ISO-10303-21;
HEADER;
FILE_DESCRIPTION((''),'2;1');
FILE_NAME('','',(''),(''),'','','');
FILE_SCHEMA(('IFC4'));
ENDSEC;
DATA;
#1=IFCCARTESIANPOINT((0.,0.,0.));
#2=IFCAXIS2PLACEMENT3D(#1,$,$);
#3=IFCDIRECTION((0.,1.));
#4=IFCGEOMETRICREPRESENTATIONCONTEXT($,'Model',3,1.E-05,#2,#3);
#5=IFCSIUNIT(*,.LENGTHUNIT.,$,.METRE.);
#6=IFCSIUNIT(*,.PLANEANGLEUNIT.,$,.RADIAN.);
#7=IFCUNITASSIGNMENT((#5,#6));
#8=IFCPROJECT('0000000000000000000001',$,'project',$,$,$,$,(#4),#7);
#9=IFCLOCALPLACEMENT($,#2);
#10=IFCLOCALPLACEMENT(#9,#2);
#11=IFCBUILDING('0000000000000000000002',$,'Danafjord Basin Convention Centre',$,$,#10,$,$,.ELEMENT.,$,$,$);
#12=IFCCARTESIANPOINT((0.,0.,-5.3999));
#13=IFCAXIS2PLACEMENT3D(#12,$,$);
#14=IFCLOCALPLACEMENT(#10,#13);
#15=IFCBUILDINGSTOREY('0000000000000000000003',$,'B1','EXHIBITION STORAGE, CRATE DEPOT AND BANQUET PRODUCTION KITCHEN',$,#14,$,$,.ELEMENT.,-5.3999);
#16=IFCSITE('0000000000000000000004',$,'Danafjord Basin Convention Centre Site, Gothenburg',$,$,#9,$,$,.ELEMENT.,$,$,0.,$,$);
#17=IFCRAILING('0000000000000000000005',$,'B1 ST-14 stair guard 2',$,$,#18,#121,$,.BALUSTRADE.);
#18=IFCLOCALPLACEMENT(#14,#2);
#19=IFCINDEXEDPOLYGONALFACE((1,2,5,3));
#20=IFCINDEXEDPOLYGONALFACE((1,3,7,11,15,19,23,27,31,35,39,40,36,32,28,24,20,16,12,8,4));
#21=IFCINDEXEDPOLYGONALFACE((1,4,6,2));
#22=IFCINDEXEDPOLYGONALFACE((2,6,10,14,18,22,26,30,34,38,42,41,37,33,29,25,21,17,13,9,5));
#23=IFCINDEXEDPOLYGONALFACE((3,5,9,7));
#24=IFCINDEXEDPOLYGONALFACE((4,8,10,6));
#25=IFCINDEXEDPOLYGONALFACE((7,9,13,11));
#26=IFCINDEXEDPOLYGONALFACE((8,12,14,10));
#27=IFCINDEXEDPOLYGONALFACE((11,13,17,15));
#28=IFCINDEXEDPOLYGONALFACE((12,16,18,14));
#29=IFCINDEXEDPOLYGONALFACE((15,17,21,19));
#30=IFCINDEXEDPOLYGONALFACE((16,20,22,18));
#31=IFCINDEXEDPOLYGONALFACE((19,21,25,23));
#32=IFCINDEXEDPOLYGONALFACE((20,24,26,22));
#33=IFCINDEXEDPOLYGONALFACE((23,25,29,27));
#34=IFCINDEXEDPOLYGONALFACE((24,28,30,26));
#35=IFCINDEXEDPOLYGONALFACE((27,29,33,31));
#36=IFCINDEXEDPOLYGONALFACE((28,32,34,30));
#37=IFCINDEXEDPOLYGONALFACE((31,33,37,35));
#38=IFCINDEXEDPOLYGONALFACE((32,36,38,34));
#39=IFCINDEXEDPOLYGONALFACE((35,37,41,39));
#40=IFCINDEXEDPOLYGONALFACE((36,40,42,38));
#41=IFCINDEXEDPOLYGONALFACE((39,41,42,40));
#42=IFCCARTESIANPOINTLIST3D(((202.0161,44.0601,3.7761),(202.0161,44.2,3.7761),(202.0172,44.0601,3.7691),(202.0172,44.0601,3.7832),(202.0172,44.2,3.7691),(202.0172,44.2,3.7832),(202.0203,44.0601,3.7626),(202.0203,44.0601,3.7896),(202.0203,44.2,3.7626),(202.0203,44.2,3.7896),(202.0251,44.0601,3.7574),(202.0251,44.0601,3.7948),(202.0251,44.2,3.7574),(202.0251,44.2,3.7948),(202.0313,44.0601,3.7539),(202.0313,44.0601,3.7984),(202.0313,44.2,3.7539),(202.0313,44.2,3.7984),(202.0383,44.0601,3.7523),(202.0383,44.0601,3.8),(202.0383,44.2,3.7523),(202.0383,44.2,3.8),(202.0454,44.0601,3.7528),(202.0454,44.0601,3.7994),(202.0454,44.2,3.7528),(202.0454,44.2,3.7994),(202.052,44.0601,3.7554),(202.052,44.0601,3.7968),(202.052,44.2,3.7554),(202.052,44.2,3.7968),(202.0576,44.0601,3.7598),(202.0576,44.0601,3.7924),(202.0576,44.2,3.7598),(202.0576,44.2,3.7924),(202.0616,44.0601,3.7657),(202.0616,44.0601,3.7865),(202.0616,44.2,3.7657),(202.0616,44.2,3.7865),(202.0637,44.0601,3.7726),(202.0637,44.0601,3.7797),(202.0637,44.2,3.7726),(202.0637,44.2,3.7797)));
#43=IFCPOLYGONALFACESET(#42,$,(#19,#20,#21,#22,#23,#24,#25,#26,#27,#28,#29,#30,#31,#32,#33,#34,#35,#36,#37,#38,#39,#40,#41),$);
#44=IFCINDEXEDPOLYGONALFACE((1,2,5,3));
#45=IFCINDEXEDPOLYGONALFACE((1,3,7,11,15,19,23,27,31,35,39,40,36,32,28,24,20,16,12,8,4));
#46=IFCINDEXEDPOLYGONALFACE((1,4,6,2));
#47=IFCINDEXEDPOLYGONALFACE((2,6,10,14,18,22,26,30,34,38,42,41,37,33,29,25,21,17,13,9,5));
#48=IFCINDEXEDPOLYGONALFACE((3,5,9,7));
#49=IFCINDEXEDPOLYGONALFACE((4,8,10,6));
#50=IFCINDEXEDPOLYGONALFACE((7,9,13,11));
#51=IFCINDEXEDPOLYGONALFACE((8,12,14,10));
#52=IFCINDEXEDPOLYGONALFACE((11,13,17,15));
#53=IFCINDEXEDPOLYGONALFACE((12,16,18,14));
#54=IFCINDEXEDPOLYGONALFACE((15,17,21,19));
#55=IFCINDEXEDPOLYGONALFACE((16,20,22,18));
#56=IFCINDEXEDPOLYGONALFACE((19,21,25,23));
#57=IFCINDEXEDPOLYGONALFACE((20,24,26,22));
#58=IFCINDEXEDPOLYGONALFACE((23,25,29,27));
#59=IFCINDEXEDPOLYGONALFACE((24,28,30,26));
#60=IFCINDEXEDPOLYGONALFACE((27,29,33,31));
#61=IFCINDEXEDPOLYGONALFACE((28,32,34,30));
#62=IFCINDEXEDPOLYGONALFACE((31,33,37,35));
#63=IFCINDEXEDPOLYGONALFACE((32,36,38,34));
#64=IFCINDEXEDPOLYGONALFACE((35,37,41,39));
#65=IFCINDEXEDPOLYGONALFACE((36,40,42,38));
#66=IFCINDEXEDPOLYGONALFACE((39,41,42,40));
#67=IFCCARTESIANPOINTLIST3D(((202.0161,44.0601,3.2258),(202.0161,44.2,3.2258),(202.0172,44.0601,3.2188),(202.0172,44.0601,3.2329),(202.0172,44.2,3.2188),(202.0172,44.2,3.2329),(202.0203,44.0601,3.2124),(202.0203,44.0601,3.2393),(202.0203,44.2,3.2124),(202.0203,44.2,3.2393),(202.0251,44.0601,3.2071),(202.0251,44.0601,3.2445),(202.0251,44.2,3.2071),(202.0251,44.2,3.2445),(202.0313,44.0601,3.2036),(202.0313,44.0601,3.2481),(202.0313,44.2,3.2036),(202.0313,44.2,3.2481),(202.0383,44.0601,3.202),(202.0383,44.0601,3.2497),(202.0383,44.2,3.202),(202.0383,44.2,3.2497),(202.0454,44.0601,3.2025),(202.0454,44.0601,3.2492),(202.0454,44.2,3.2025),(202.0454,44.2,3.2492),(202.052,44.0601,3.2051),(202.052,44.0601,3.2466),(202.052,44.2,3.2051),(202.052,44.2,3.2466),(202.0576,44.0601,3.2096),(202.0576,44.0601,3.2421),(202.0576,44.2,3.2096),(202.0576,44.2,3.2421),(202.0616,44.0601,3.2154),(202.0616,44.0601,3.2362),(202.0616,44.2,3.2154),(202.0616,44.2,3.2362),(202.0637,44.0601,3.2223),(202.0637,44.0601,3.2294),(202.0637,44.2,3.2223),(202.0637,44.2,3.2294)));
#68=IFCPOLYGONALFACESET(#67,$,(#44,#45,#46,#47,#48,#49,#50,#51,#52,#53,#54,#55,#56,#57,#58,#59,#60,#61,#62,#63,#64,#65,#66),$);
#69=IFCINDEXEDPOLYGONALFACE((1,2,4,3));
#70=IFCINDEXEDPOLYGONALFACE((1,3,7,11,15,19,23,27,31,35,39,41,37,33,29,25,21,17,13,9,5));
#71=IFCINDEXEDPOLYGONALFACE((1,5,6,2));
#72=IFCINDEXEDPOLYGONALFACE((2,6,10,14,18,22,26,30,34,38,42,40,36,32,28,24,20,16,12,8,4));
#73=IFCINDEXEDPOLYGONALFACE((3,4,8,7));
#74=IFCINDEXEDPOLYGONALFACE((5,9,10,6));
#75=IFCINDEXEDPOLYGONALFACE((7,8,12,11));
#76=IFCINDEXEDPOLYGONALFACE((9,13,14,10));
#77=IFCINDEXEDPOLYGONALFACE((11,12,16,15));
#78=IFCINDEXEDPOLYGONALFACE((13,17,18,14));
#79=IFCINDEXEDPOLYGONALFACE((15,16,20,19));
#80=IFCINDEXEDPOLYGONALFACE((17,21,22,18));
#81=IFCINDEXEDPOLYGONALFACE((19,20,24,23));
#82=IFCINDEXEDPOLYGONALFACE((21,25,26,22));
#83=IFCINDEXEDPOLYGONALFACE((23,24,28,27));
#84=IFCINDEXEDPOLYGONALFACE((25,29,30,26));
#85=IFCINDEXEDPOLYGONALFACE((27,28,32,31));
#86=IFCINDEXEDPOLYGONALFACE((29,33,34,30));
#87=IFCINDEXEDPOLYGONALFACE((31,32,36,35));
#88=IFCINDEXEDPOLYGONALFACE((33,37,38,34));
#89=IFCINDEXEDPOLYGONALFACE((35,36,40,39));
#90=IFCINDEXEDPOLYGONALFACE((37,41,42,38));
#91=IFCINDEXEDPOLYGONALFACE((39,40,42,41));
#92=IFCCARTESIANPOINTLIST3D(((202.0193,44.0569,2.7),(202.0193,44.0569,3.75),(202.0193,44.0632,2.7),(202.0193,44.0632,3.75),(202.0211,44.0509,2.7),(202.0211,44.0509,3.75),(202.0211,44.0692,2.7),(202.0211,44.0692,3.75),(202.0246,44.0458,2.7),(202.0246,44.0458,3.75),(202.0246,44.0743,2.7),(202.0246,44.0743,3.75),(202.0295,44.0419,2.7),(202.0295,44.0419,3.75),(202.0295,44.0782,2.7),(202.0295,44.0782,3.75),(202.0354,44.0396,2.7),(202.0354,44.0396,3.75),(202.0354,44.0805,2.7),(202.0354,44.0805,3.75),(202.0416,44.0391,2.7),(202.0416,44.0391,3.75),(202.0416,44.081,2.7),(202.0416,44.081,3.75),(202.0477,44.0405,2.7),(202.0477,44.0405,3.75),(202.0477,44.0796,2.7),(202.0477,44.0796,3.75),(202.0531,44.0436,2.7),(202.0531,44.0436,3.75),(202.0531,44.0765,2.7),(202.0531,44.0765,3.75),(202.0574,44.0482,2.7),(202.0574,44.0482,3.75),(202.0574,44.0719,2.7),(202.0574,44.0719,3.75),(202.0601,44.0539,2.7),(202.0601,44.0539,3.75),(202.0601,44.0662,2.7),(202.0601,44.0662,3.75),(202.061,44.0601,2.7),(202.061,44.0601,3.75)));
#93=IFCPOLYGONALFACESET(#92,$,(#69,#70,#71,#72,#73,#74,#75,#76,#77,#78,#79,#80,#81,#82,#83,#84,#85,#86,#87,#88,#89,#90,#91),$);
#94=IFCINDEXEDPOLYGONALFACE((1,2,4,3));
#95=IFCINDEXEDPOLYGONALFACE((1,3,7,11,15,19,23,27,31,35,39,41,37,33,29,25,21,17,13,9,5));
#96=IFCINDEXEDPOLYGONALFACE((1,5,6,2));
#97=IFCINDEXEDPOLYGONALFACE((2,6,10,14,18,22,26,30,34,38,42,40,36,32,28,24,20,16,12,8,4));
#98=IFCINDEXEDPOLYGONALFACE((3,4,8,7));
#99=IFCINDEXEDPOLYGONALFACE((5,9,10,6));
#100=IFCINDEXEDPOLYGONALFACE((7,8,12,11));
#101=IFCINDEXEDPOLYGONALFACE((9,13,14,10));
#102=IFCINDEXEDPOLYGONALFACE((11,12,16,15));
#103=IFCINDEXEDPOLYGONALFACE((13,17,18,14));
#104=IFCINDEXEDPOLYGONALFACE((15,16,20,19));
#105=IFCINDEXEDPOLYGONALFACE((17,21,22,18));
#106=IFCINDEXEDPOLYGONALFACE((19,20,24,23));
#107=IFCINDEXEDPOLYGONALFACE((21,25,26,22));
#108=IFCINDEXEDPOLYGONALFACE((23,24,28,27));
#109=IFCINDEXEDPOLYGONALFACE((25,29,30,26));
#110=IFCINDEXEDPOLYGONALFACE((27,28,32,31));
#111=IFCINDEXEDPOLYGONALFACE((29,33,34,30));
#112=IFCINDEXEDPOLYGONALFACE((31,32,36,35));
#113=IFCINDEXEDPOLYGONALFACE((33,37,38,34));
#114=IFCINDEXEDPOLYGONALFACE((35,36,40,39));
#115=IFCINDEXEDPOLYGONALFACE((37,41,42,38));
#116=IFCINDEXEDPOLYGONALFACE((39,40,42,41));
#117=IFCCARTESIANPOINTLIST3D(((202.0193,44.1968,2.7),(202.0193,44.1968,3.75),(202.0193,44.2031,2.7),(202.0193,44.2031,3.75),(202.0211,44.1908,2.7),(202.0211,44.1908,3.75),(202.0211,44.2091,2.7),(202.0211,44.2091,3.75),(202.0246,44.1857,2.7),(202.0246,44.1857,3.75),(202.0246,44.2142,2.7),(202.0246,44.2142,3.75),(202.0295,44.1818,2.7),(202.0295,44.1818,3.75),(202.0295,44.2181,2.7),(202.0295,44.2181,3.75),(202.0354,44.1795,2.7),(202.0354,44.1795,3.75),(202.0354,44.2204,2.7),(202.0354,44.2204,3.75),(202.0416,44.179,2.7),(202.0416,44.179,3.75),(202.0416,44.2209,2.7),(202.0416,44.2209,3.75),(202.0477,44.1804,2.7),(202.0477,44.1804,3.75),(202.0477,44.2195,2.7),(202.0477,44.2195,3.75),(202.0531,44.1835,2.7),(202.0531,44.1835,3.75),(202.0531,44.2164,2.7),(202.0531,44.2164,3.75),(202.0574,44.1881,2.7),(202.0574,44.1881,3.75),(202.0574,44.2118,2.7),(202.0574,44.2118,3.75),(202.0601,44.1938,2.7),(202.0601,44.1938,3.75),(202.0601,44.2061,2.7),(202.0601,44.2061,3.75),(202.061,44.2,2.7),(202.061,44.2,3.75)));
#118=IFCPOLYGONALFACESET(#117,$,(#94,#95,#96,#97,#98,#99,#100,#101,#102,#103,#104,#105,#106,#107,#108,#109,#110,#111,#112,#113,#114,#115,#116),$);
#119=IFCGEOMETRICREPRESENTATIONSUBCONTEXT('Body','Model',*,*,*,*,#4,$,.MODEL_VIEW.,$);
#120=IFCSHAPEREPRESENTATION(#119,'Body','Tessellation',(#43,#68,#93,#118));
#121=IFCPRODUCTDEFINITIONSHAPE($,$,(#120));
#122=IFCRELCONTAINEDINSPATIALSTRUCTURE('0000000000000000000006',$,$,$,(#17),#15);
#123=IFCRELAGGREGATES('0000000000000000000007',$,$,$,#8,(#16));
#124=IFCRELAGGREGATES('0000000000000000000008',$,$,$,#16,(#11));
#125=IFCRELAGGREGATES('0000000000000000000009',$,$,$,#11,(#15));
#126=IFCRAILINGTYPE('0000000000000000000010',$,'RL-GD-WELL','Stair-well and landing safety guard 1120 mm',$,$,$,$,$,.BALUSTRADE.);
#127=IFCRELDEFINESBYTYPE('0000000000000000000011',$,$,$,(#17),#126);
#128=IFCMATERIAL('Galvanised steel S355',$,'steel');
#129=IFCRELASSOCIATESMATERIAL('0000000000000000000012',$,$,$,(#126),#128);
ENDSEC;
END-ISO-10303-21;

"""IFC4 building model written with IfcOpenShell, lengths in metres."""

from ifc_helpers import new_model, si_unit, direction, frame, origin, origin_2d, place, context, subcontext, project, spatial, circle, extrude, material, type_object, element, save


model = new_model("IFC4")

# Units and contexts
model_context = context("Model", 3, precision=1e-05, world=origin(), true_north=direction((0.0, 1.0)))
body_context = subcontext(model_context, "Body", "Model", "MODEL_VIEW")
ifc_project = project(units=[si_unit("LENGTHUNIT", "METRE"), si_unit("PLANEANGLEUNIT", "RADIAN")], contexts=[model_context])

# Site, building, storey
site_placement = place(None, origin())
site = spatial("IfcSite", under=ifc_project, at=site_placement, Name="Danafjord Basin Convention Centre Site, Gothenburg", CompositionType="ELEMENT", RefElevation=0.0)
building_placement = place(site_placement, origin())
building = spatial("IfcBuilding", under=site, at=building_placement, Name="Danafjord Basin Convention Centre", CompositionType="ELEMENT")
storey_placement = place(building_placement, frame((0.0, 0.0, -5.3999)))
storey = spatial("IfcBuildingStorey", under=building, at=storey_placement, Name="B1", Description="EXHIBITION STORAGE, CRATE DEPOT AND BANQUET PRODUCTION KITCHEN", CompositionType="ELEMENT", Elevation=-5.3999)

# Railing
ifc_material_1 = material(Name="Galvanised steel S355", Category="steel")
railing_type_1 = type_object("IfcRailingType", Name="RL-GD-WELL", Description="Stair-well and landing safety guard 1120 mm", PredefinedType="BALUSTRADE", material=ifc_material_1)
railing_1_placement = place(storey_placement, frame((202.04, 44.0601, 2.7)))
element("IfcRailing", 1, at=railing_1_placement, inside=storey, type_object=railing_type_1, Name="B1 ST-14 stair guard 2", PredefinedType="BALUSTRADE", context=body_context, shape_type="SweptSolid", body=[
    extrude(circle(Radius=0.0239, at=origin_2d()), frame((0.0, 0.0, 1.0762), z_axis=(0.0, 1.0, 0.0), x_axis=(-1.0, 0.0, 0.0)), (0.0, 0.0, 1.0), 0.1399),
    extrude(circle(Radius=0.0239, at=origin_2d()), frame((0.0, 0.0, 0.5259), z_axis=(0.0, 1.0, 0.0), x_axis=(-1.0, 0.0, 0.0)), (0.0, 0.0, 1.0), 0.1399),
    extrude(circle(Radius=0.021, at=origin_2d()), origin(), (0.0, 0.0, 1.0), 1.05),
    extrude(circle(Radius=0.021, at=origin_2d()), frame((0.0, 0.1399, 0.0)), (0.0, 0.0, 1.0), 1.05),
])

save(model, "model.ifc")
